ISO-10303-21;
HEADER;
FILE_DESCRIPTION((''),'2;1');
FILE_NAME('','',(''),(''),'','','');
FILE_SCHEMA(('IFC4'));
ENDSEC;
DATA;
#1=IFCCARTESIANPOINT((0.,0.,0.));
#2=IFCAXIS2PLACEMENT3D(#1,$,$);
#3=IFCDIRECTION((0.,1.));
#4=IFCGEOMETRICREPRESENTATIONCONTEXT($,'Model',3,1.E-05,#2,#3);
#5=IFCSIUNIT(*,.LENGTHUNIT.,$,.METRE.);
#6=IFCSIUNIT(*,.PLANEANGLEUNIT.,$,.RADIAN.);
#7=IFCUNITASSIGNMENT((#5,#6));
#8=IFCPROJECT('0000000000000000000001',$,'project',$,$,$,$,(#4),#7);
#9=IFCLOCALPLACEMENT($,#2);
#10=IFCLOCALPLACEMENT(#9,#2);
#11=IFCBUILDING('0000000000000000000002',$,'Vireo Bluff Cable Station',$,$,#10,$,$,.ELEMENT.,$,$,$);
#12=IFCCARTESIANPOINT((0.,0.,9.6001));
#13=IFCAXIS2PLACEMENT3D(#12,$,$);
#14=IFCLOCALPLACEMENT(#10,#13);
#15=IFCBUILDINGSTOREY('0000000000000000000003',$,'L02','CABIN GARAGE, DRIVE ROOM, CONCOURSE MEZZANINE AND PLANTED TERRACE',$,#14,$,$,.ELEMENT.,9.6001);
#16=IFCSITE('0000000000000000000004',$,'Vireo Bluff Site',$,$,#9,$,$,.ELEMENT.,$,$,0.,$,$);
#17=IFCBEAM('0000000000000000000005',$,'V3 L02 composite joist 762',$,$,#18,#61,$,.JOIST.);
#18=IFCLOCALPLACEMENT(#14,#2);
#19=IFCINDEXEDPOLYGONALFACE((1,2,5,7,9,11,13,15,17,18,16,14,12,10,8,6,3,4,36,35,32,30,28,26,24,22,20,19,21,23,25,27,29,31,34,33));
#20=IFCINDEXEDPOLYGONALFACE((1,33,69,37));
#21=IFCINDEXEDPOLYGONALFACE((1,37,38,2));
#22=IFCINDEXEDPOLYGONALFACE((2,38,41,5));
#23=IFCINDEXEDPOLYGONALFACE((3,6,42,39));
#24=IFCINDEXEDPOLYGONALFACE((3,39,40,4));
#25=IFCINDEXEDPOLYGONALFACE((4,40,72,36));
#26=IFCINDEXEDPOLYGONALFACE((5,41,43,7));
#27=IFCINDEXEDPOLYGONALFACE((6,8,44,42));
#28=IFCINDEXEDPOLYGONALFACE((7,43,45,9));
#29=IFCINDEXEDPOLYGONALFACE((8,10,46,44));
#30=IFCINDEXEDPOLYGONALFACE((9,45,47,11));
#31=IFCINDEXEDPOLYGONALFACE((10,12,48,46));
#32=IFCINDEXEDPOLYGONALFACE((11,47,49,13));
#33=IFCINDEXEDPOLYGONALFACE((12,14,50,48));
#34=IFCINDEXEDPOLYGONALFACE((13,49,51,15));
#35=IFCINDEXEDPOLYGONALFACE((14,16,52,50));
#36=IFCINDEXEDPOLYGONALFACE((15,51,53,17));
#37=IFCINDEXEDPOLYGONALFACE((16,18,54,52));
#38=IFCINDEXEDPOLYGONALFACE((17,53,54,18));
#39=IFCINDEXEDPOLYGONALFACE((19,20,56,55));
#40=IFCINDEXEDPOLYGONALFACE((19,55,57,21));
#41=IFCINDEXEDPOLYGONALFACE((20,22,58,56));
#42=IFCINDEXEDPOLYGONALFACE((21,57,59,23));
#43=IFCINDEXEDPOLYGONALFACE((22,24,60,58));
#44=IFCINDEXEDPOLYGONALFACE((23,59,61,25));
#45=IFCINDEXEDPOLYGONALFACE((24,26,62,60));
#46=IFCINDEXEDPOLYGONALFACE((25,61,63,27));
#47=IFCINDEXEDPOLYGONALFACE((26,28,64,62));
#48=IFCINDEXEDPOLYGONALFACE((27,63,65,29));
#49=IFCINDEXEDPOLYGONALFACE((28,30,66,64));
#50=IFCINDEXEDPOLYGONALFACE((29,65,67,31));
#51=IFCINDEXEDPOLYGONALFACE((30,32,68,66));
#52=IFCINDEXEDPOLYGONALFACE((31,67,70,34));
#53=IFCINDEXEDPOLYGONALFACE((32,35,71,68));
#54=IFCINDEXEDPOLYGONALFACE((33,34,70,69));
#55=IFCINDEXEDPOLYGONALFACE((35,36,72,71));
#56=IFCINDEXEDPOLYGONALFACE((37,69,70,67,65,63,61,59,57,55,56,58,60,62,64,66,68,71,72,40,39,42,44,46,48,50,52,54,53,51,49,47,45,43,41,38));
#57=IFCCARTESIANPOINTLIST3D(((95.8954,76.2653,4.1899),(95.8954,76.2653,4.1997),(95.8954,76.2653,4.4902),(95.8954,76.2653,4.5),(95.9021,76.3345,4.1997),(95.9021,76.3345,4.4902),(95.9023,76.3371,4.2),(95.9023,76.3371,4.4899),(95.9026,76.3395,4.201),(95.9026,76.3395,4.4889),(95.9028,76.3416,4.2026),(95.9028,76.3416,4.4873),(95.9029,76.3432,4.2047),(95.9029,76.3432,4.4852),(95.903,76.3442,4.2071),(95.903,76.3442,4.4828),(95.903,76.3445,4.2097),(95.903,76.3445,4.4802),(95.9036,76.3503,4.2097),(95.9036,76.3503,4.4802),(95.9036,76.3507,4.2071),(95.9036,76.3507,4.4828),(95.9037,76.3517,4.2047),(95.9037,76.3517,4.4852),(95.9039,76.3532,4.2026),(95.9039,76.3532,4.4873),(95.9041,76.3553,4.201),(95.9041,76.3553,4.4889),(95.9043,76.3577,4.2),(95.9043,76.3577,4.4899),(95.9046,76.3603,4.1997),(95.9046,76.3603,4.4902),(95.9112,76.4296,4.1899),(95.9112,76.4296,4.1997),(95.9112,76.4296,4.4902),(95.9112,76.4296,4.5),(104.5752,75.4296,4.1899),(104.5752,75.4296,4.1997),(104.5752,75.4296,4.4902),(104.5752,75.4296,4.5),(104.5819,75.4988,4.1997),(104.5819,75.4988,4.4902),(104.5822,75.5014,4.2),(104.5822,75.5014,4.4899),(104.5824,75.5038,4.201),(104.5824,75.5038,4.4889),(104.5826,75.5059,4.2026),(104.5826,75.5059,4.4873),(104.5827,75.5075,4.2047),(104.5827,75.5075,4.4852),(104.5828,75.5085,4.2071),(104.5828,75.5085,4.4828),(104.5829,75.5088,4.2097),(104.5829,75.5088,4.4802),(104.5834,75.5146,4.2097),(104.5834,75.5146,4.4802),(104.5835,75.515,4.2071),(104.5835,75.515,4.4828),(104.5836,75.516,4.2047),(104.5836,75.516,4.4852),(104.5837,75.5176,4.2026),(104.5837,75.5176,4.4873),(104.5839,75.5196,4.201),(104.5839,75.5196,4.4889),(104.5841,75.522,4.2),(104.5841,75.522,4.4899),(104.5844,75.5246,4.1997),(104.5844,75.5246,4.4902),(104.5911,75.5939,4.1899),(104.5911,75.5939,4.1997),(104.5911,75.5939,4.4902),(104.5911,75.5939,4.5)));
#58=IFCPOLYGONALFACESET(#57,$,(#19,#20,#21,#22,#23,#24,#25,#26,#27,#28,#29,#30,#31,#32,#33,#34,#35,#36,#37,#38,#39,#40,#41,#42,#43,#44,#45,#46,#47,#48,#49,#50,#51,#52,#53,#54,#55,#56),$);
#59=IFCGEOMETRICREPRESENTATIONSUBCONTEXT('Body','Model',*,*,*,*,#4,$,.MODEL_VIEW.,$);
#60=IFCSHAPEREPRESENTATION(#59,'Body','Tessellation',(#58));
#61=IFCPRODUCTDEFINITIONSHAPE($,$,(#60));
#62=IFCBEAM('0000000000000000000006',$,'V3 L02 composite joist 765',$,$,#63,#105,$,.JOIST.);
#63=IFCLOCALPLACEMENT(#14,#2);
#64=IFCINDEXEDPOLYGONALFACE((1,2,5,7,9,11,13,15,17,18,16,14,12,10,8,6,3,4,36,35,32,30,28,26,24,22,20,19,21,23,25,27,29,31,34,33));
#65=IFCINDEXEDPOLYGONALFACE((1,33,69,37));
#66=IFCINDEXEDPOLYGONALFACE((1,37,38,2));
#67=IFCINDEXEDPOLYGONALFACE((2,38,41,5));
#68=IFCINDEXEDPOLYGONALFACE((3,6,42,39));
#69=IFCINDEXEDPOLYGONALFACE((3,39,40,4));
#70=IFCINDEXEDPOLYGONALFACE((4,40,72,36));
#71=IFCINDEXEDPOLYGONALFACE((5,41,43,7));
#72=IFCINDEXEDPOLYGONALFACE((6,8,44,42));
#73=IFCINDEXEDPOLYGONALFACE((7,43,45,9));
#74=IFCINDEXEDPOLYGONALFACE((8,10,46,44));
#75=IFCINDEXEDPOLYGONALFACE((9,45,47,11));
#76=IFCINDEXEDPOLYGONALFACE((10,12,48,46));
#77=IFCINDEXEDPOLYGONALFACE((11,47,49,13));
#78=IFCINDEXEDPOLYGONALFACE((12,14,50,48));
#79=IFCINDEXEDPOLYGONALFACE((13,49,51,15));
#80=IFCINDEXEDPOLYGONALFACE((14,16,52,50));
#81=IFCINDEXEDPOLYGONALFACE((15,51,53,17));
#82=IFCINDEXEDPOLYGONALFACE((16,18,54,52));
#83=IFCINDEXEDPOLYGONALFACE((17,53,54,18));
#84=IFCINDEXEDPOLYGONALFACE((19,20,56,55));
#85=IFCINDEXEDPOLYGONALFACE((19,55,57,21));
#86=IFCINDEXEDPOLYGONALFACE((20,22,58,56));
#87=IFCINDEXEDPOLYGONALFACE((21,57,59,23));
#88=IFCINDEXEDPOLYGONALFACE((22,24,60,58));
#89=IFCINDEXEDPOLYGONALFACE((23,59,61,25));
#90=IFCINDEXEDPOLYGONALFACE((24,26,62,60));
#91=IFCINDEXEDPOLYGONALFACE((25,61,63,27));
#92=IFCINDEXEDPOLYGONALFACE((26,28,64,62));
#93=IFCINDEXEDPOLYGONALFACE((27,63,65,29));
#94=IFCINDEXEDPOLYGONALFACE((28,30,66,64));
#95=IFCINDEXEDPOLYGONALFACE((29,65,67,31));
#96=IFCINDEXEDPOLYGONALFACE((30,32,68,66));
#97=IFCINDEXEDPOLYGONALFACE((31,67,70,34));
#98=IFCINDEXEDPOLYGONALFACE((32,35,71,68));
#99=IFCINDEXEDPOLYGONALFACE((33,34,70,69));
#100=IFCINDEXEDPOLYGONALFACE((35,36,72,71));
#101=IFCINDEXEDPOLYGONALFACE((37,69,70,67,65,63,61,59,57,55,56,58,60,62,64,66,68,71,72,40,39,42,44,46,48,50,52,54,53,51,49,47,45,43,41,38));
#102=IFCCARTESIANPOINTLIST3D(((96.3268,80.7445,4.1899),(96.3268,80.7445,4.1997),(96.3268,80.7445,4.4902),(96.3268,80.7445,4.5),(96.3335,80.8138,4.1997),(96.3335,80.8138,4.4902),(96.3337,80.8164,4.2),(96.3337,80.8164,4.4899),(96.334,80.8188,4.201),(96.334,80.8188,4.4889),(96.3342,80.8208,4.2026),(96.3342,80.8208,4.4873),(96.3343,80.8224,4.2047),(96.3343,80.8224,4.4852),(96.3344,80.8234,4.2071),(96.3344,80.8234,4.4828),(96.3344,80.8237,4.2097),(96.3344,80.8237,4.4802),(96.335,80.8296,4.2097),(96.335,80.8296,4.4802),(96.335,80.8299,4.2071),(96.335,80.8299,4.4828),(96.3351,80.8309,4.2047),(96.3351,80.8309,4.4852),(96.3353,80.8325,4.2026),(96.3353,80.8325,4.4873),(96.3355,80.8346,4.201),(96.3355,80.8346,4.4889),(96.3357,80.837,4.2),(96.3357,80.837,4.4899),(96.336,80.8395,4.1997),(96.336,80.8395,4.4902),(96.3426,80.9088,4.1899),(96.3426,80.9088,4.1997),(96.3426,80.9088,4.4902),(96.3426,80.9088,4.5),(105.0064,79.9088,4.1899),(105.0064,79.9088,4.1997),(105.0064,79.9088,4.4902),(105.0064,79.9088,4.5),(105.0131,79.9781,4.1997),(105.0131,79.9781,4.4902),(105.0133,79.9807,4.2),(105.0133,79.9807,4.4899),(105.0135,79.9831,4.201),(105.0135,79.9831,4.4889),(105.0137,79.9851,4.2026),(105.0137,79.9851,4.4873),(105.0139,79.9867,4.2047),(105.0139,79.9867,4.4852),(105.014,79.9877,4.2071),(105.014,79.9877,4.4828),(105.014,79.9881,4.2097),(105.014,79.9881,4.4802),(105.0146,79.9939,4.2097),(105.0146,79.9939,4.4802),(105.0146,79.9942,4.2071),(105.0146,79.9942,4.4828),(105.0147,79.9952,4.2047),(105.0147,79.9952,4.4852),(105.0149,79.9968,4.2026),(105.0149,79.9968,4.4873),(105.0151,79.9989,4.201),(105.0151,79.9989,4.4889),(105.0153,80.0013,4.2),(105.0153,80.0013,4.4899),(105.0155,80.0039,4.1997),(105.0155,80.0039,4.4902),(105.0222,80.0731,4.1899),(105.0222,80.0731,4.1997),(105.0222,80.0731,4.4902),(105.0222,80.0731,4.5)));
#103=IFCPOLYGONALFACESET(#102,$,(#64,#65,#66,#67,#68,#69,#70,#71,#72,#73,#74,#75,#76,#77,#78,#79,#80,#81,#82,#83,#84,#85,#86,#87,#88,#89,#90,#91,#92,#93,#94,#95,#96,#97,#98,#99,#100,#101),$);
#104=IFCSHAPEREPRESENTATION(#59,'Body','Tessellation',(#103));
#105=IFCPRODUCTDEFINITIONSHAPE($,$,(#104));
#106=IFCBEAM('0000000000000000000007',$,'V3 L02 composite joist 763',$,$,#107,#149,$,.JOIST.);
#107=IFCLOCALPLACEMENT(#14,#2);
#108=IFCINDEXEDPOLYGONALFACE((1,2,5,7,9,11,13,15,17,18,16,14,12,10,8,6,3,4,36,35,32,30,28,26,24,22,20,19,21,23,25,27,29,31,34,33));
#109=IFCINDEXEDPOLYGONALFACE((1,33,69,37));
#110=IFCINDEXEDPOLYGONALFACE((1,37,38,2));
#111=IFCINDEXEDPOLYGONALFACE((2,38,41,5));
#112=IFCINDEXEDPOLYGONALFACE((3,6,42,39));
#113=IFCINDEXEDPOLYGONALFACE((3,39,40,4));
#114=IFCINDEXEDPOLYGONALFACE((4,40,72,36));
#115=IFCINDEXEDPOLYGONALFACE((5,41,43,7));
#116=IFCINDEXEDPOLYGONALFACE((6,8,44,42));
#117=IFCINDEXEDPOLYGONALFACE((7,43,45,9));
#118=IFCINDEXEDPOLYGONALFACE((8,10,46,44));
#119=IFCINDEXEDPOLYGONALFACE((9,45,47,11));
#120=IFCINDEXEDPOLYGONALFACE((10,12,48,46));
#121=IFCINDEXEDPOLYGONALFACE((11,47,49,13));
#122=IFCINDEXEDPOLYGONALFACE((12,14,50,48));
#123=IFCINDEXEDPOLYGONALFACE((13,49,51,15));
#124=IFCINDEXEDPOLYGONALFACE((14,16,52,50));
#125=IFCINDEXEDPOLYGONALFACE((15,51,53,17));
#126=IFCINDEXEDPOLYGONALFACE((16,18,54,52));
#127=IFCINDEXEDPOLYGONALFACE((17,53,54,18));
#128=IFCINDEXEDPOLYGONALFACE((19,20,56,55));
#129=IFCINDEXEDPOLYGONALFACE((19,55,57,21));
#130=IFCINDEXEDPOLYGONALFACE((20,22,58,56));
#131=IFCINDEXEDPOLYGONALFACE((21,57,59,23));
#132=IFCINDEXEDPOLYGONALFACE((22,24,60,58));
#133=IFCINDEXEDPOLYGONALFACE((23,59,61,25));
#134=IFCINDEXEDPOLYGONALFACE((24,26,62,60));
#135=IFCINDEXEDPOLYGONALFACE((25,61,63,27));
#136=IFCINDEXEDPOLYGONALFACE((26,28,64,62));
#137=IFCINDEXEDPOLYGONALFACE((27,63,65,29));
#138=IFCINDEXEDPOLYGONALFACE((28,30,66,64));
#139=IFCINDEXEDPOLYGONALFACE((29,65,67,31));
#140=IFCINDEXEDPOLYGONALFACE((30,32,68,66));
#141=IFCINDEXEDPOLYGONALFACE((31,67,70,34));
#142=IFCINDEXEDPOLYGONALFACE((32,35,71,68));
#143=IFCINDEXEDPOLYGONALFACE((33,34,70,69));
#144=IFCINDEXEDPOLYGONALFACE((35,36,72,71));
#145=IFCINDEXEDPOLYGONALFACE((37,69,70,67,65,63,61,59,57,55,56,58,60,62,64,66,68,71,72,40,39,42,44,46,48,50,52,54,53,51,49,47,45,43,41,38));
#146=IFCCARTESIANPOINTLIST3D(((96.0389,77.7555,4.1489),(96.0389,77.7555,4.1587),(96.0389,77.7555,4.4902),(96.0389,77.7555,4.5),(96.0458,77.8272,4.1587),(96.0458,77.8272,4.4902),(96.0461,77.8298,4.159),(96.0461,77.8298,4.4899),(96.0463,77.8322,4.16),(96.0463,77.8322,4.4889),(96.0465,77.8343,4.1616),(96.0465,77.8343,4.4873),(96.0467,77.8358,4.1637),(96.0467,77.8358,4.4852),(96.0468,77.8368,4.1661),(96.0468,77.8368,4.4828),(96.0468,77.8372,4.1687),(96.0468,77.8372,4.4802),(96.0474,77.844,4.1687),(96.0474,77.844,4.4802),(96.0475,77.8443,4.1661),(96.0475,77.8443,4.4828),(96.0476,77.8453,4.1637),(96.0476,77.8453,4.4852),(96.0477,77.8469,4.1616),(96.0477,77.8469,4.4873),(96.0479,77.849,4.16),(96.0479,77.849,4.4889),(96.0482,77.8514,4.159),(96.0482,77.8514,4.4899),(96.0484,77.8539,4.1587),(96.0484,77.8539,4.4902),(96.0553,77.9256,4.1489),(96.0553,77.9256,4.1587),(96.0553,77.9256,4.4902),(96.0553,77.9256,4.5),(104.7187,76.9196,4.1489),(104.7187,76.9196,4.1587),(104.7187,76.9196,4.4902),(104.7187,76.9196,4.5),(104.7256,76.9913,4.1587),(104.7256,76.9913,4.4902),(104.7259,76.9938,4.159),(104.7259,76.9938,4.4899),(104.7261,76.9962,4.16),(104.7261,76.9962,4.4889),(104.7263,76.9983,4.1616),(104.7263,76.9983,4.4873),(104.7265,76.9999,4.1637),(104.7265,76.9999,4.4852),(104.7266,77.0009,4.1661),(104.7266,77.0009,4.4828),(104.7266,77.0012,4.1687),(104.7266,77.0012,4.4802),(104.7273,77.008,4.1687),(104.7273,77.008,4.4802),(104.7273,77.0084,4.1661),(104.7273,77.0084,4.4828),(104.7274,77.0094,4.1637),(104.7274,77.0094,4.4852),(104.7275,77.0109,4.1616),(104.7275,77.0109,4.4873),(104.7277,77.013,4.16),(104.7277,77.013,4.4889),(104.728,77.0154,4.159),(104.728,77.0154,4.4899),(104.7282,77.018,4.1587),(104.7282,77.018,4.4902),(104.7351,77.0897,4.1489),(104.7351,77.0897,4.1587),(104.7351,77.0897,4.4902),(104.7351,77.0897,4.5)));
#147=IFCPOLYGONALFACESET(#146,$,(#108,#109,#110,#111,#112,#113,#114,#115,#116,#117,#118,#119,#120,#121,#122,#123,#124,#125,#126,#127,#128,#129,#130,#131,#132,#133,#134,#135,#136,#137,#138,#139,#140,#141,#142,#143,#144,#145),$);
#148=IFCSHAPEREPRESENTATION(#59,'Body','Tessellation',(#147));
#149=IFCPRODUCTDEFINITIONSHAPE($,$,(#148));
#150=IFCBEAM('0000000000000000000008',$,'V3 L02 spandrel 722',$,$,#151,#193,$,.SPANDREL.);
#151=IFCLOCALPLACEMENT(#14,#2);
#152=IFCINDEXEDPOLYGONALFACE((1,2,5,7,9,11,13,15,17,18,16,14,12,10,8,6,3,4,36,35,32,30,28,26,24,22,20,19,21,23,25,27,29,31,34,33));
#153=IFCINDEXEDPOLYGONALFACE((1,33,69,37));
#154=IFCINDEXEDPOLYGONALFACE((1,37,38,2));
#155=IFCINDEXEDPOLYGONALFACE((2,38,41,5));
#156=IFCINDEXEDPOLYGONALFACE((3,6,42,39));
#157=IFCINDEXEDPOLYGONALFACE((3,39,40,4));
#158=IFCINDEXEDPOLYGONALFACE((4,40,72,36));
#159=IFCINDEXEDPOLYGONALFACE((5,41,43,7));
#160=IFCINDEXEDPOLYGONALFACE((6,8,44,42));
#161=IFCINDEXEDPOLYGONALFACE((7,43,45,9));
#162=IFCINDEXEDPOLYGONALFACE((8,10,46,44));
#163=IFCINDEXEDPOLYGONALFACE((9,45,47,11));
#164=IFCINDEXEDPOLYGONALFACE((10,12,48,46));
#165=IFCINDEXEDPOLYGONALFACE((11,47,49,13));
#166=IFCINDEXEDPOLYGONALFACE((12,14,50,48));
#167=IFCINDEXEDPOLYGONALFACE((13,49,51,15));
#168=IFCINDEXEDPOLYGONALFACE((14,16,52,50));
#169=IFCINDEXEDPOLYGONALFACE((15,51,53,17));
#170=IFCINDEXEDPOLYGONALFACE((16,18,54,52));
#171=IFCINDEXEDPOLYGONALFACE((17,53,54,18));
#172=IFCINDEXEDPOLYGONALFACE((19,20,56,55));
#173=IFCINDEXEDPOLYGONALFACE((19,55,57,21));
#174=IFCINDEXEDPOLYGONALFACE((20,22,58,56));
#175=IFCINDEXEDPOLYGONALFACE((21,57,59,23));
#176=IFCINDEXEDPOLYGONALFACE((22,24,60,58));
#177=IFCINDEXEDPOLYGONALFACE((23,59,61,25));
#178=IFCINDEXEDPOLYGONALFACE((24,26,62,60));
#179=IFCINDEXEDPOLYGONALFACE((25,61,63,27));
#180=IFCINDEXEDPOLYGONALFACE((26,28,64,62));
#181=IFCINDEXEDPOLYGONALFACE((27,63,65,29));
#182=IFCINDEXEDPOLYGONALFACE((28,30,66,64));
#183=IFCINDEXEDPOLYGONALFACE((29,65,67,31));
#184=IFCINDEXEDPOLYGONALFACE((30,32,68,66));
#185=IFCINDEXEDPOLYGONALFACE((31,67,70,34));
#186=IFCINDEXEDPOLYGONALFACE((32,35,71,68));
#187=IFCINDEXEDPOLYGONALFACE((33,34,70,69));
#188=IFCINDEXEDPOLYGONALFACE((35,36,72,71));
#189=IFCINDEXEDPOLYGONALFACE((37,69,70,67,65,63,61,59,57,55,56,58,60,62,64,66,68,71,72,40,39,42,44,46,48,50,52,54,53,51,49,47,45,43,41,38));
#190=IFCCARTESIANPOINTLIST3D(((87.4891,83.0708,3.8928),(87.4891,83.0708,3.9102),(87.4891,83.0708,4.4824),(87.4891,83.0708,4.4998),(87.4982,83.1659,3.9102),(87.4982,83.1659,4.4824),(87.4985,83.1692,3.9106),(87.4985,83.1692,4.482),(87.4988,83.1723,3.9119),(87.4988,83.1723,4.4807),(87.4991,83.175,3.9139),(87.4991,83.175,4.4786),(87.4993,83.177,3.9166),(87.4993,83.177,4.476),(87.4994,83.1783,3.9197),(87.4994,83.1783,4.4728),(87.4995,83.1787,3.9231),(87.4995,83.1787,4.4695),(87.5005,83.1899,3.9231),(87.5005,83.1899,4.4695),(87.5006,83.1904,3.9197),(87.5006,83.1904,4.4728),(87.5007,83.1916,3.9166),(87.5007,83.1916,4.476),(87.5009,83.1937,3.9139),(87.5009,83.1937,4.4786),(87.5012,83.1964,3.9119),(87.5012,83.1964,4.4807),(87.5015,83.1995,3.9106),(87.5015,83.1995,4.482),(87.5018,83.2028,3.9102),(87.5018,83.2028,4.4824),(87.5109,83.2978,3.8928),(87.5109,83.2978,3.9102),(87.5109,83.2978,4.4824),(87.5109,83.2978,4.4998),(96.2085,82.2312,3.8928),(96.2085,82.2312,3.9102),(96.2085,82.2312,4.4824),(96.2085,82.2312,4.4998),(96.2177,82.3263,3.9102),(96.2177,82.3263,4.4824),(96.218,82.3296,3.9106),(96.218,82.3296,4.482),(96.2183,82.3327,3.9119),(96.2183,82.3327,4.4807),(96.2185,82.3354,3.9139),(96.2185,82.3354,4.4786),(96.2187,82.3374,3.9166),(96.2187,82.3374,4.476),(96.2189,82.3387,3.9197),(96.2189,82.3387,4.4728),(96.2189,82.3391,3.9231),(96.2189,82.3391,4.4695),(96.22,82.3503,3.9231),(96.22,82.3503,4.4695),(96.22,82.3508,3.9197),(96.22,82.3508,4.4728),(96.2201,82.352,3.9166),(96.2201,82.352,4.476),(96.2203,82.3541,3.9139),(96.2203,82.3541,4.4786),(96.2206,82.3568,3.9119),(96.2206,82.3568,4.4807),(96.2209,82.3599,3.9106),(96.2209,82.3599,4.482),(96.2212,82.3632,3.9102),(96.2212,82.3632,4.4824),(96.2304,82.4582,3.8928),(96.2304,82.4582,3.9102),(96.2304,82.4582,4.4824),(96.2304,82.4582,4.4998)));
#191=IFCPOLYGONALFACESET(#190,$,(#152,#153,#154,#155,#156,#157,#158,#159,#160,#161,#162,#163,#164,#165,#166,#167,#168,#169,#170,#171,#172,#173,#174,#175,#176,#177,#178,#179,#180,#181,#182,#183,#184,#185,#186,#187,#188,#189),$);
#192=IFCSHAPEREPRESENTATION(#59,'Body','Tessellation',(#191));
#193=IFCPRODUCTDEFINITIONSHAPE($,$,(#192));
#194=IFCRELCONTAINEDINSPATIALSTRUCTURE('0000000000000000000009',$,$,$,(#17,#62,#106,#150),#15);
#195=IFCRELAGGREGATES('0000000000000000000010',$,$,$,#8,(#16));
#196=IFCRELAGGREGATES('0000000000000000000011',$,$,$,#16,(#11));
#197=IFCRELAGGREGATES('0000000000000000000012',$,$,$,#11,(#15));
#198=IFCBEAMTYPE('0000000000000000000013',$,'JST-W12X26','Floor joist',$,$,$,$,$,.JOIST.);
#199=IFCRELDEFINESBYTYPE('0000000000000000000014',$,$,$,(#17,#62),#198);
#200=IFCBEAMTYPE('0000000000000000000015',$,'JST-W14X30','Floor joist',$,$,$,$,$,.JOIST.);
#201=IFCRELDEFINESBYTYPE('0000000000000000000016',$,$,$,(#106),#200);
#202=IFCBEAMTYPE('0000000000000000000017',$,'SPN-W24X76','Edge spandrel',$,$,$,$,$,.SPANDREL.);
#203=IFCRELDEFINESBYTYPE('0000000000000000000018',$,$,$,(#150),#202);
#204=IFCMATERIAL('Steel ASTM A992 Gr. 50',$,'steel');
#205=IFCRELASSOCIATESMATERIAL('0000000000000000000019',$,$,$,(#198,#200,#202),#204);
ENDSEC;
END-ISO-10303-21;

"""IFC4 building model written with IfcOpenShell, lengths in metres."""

from ifc_helpers import new_model, si_unit, direction, frame, origin, origin_2d, place, context, subcontext, project, spatial, i_section, extrude, material, material_profile, profile_set, type_object, element, save


model = new_model("IFC4")

# Units and contexts
model_context = context("Model", 3, precision=1e-05, world=origin(), true_north=direction((0.0, 1.0)))
body_context = subcontext(model_context, "Body", "Model", "MODEL_VIEW")
ifc_project = project(units=[si_unit("LENGTHUNIT", "METRE"), si_unit("PLANEANGLEUNIT", "RADIAN")], contexts=[model_context])

# Site, building, storey
site_placement = place(None, origin())
site = spatial("IfcSite", under=ifc_project, at=site_placement, Name="Vireo Bluff Site", CompositionType="ELEMENT", RefElevation=0.0)
building_placement = place(site_placement, origin())
building = spatial("IfcBuilding", under=site, at=building_placement, Name="Vireo Bluff Cable Station", CompositionType="ELEMENT")
storey_placement = place(building_placement, frame((0.0, 0.0, 9.6001)))
storey = spatial("IfcBuildingStorey", under=building, at=storey_placement, Name="L02", Description="CABIN GARAGE, DRIVE ROOM, CONCOURSE MEZZANINE AND PLANTED TERRACE", CompositionType="ELEMENT", Elevation=9.6001)

# Shared definitions
ifc_material_1 = material(Name="Steel ASTM A992 Gr. 50", Category="steel")

# Beams
ifc_material_profile_1 = material_profile(ifc_material_1, i_section(OverallWidth=0.165, OverallDepth=0.3101, WebThickness=0.0059, FlangeThickness=0.0098, FilletRadius=0.01, at=origin_2d()), Name="W12X26")
ifc_profile_set_1 = profile_set([ifc_material_profile_1], Name="Steel ASTM A992 Gr. 50")
beam_type_1 = type_object("IfcBeamType", Name="JST-W12X26", Description="Floor joist", PredefinedType="JOIST", material=ifc_profile_set_1)
beam_1_placement = place(storey_placement, frame((95.9033, 76.3474, 4.345), z_axis=(0.995397, -0.095836, 0.0), x_axis=(0.095836, 0.995397, 0.0)))
element("IfcBeam", 1, at=beam_1_placement, inside=storey, type_object=beam_type_1, Name="V3 L02 composite joist 762", PredefinedType="JOIST", context=body_context, shape_type="SweptSolid", body=[
    extrude(i_section(OverallWidth=0.165, OverallDepth=0.3101, WebThickness=0.0059, FlangeThickness=0.0098, FilletRadius=0.01, at=origin_2d()), origin(), (0.0, 0.0, 1.0), 8.72),
])
beam_2_placement = place(storey_placement, frame((96.3347, 80.8267, 4.345), z_axis=(0.995397, -0.095838, 0.0), x_axis=(0.095838, 0.995397, 0.0)))
element("IfcBeam", 2, at=beam_2_placement, inside=storey, type_object=beam_type_1, Name="V3 L02 composite joist 765", PredefinedType="JOIST", context=body_context, shape_type="SweptSolid", body=[
    extrude(i_section(OverallWidth=0.165, OverallDepth=0.3101, WebThickness=0.0059, FlangeThickness=0.0098, FilletRadius=0.01, at=origin_2d()), origin(), (0.0, 0.0, 1.0), 8.7197),
])
ifc_material_profile_2 = material_profile(ifc_material_1, i_section(OverallWidth=0.1709, OverallDepth=0.3511, WebThickness=0.0068, FlangeThickness=0.0098, FilletRadius=0.01, at=origin_2d()), Name="W14X30")
ifc_profile_set_2 = profile_set([ifc_material_profile_2], Name="Steel ASTM A992 Gr. 50")
beam_type_2 = type_object("IfcBeamType", Name="JST-W14X30", Description="Floor joist", PredefinedType="JOIST", material=ifc_profile_set_2)
beam_3_placement = place(storey_placement, frame((96.0471, 77.8406, 4.3245), z_axis=(0.995394, -0.095866, 0.0), x_axis=(0.095866, 0.995394, 0.0)))
element("IfcBeam", 3, at=beam_3_placement, inside=storey, type_object=beam_type_2, Name="V3 L02 composite joist 763", PredefinedType="JOIST", context=body_context, shape_type="SweptSolid", body=[
    extrude(i_section(OverallWidth=0.1709, OverallDepth=0.3511, WebThickness=0.0068, FlangeThickness=0.0098, FilletRadius=0.01, at=origin_2d()), origin(), (0.0, 0.0, 1.0), 8.72),
])
ifc_material_profile_3 = material_profile(ifc_material_1, i_section(OverallWidth=0.228, OverallDepth=0.6069, WebThickness=0.0112, FlangeThickness=0.0173, FilletRadius=0.0129, at=origin_2d()), Name="W24X76")
ifc_profile_set_3 = profile_set([ifc_material_profile_3], Name="Steel ASTM A992 Gr. 50")
beam_type_3 = type_object("IfcBeamType", Name="SPN-W24X76", Description="Edge spandrel", PredefinedType="SPANDREL", material=ifc_profile_set_3)
beam_4_placement = place(storey_placement, frame((87.5, 83.1843, 4.1963), z_axis=(0.995396, -0.095847, 0.0), x_axis=(0.095847, 0.995396, 0.0)))
element("IfcBeam", 4, at=beam_4_placement, inside=storey, type_object=beam_type_3, Name="V3 L02 spandrel 722", PredefinedType="SPANDREL", context=body_context, shape_type="SweptSolid", body=[
    extrude(i_section(OverallWidth=0.228, OverallDepth=0.6069, WebThickness=0.0112, FlangeThickness=0.0173, FilletRadius=0.0129, at=origin_2d()), origin(), (0.0, 0.0, 1.0), 8.7598),
])

save(model, "model.ifc")
